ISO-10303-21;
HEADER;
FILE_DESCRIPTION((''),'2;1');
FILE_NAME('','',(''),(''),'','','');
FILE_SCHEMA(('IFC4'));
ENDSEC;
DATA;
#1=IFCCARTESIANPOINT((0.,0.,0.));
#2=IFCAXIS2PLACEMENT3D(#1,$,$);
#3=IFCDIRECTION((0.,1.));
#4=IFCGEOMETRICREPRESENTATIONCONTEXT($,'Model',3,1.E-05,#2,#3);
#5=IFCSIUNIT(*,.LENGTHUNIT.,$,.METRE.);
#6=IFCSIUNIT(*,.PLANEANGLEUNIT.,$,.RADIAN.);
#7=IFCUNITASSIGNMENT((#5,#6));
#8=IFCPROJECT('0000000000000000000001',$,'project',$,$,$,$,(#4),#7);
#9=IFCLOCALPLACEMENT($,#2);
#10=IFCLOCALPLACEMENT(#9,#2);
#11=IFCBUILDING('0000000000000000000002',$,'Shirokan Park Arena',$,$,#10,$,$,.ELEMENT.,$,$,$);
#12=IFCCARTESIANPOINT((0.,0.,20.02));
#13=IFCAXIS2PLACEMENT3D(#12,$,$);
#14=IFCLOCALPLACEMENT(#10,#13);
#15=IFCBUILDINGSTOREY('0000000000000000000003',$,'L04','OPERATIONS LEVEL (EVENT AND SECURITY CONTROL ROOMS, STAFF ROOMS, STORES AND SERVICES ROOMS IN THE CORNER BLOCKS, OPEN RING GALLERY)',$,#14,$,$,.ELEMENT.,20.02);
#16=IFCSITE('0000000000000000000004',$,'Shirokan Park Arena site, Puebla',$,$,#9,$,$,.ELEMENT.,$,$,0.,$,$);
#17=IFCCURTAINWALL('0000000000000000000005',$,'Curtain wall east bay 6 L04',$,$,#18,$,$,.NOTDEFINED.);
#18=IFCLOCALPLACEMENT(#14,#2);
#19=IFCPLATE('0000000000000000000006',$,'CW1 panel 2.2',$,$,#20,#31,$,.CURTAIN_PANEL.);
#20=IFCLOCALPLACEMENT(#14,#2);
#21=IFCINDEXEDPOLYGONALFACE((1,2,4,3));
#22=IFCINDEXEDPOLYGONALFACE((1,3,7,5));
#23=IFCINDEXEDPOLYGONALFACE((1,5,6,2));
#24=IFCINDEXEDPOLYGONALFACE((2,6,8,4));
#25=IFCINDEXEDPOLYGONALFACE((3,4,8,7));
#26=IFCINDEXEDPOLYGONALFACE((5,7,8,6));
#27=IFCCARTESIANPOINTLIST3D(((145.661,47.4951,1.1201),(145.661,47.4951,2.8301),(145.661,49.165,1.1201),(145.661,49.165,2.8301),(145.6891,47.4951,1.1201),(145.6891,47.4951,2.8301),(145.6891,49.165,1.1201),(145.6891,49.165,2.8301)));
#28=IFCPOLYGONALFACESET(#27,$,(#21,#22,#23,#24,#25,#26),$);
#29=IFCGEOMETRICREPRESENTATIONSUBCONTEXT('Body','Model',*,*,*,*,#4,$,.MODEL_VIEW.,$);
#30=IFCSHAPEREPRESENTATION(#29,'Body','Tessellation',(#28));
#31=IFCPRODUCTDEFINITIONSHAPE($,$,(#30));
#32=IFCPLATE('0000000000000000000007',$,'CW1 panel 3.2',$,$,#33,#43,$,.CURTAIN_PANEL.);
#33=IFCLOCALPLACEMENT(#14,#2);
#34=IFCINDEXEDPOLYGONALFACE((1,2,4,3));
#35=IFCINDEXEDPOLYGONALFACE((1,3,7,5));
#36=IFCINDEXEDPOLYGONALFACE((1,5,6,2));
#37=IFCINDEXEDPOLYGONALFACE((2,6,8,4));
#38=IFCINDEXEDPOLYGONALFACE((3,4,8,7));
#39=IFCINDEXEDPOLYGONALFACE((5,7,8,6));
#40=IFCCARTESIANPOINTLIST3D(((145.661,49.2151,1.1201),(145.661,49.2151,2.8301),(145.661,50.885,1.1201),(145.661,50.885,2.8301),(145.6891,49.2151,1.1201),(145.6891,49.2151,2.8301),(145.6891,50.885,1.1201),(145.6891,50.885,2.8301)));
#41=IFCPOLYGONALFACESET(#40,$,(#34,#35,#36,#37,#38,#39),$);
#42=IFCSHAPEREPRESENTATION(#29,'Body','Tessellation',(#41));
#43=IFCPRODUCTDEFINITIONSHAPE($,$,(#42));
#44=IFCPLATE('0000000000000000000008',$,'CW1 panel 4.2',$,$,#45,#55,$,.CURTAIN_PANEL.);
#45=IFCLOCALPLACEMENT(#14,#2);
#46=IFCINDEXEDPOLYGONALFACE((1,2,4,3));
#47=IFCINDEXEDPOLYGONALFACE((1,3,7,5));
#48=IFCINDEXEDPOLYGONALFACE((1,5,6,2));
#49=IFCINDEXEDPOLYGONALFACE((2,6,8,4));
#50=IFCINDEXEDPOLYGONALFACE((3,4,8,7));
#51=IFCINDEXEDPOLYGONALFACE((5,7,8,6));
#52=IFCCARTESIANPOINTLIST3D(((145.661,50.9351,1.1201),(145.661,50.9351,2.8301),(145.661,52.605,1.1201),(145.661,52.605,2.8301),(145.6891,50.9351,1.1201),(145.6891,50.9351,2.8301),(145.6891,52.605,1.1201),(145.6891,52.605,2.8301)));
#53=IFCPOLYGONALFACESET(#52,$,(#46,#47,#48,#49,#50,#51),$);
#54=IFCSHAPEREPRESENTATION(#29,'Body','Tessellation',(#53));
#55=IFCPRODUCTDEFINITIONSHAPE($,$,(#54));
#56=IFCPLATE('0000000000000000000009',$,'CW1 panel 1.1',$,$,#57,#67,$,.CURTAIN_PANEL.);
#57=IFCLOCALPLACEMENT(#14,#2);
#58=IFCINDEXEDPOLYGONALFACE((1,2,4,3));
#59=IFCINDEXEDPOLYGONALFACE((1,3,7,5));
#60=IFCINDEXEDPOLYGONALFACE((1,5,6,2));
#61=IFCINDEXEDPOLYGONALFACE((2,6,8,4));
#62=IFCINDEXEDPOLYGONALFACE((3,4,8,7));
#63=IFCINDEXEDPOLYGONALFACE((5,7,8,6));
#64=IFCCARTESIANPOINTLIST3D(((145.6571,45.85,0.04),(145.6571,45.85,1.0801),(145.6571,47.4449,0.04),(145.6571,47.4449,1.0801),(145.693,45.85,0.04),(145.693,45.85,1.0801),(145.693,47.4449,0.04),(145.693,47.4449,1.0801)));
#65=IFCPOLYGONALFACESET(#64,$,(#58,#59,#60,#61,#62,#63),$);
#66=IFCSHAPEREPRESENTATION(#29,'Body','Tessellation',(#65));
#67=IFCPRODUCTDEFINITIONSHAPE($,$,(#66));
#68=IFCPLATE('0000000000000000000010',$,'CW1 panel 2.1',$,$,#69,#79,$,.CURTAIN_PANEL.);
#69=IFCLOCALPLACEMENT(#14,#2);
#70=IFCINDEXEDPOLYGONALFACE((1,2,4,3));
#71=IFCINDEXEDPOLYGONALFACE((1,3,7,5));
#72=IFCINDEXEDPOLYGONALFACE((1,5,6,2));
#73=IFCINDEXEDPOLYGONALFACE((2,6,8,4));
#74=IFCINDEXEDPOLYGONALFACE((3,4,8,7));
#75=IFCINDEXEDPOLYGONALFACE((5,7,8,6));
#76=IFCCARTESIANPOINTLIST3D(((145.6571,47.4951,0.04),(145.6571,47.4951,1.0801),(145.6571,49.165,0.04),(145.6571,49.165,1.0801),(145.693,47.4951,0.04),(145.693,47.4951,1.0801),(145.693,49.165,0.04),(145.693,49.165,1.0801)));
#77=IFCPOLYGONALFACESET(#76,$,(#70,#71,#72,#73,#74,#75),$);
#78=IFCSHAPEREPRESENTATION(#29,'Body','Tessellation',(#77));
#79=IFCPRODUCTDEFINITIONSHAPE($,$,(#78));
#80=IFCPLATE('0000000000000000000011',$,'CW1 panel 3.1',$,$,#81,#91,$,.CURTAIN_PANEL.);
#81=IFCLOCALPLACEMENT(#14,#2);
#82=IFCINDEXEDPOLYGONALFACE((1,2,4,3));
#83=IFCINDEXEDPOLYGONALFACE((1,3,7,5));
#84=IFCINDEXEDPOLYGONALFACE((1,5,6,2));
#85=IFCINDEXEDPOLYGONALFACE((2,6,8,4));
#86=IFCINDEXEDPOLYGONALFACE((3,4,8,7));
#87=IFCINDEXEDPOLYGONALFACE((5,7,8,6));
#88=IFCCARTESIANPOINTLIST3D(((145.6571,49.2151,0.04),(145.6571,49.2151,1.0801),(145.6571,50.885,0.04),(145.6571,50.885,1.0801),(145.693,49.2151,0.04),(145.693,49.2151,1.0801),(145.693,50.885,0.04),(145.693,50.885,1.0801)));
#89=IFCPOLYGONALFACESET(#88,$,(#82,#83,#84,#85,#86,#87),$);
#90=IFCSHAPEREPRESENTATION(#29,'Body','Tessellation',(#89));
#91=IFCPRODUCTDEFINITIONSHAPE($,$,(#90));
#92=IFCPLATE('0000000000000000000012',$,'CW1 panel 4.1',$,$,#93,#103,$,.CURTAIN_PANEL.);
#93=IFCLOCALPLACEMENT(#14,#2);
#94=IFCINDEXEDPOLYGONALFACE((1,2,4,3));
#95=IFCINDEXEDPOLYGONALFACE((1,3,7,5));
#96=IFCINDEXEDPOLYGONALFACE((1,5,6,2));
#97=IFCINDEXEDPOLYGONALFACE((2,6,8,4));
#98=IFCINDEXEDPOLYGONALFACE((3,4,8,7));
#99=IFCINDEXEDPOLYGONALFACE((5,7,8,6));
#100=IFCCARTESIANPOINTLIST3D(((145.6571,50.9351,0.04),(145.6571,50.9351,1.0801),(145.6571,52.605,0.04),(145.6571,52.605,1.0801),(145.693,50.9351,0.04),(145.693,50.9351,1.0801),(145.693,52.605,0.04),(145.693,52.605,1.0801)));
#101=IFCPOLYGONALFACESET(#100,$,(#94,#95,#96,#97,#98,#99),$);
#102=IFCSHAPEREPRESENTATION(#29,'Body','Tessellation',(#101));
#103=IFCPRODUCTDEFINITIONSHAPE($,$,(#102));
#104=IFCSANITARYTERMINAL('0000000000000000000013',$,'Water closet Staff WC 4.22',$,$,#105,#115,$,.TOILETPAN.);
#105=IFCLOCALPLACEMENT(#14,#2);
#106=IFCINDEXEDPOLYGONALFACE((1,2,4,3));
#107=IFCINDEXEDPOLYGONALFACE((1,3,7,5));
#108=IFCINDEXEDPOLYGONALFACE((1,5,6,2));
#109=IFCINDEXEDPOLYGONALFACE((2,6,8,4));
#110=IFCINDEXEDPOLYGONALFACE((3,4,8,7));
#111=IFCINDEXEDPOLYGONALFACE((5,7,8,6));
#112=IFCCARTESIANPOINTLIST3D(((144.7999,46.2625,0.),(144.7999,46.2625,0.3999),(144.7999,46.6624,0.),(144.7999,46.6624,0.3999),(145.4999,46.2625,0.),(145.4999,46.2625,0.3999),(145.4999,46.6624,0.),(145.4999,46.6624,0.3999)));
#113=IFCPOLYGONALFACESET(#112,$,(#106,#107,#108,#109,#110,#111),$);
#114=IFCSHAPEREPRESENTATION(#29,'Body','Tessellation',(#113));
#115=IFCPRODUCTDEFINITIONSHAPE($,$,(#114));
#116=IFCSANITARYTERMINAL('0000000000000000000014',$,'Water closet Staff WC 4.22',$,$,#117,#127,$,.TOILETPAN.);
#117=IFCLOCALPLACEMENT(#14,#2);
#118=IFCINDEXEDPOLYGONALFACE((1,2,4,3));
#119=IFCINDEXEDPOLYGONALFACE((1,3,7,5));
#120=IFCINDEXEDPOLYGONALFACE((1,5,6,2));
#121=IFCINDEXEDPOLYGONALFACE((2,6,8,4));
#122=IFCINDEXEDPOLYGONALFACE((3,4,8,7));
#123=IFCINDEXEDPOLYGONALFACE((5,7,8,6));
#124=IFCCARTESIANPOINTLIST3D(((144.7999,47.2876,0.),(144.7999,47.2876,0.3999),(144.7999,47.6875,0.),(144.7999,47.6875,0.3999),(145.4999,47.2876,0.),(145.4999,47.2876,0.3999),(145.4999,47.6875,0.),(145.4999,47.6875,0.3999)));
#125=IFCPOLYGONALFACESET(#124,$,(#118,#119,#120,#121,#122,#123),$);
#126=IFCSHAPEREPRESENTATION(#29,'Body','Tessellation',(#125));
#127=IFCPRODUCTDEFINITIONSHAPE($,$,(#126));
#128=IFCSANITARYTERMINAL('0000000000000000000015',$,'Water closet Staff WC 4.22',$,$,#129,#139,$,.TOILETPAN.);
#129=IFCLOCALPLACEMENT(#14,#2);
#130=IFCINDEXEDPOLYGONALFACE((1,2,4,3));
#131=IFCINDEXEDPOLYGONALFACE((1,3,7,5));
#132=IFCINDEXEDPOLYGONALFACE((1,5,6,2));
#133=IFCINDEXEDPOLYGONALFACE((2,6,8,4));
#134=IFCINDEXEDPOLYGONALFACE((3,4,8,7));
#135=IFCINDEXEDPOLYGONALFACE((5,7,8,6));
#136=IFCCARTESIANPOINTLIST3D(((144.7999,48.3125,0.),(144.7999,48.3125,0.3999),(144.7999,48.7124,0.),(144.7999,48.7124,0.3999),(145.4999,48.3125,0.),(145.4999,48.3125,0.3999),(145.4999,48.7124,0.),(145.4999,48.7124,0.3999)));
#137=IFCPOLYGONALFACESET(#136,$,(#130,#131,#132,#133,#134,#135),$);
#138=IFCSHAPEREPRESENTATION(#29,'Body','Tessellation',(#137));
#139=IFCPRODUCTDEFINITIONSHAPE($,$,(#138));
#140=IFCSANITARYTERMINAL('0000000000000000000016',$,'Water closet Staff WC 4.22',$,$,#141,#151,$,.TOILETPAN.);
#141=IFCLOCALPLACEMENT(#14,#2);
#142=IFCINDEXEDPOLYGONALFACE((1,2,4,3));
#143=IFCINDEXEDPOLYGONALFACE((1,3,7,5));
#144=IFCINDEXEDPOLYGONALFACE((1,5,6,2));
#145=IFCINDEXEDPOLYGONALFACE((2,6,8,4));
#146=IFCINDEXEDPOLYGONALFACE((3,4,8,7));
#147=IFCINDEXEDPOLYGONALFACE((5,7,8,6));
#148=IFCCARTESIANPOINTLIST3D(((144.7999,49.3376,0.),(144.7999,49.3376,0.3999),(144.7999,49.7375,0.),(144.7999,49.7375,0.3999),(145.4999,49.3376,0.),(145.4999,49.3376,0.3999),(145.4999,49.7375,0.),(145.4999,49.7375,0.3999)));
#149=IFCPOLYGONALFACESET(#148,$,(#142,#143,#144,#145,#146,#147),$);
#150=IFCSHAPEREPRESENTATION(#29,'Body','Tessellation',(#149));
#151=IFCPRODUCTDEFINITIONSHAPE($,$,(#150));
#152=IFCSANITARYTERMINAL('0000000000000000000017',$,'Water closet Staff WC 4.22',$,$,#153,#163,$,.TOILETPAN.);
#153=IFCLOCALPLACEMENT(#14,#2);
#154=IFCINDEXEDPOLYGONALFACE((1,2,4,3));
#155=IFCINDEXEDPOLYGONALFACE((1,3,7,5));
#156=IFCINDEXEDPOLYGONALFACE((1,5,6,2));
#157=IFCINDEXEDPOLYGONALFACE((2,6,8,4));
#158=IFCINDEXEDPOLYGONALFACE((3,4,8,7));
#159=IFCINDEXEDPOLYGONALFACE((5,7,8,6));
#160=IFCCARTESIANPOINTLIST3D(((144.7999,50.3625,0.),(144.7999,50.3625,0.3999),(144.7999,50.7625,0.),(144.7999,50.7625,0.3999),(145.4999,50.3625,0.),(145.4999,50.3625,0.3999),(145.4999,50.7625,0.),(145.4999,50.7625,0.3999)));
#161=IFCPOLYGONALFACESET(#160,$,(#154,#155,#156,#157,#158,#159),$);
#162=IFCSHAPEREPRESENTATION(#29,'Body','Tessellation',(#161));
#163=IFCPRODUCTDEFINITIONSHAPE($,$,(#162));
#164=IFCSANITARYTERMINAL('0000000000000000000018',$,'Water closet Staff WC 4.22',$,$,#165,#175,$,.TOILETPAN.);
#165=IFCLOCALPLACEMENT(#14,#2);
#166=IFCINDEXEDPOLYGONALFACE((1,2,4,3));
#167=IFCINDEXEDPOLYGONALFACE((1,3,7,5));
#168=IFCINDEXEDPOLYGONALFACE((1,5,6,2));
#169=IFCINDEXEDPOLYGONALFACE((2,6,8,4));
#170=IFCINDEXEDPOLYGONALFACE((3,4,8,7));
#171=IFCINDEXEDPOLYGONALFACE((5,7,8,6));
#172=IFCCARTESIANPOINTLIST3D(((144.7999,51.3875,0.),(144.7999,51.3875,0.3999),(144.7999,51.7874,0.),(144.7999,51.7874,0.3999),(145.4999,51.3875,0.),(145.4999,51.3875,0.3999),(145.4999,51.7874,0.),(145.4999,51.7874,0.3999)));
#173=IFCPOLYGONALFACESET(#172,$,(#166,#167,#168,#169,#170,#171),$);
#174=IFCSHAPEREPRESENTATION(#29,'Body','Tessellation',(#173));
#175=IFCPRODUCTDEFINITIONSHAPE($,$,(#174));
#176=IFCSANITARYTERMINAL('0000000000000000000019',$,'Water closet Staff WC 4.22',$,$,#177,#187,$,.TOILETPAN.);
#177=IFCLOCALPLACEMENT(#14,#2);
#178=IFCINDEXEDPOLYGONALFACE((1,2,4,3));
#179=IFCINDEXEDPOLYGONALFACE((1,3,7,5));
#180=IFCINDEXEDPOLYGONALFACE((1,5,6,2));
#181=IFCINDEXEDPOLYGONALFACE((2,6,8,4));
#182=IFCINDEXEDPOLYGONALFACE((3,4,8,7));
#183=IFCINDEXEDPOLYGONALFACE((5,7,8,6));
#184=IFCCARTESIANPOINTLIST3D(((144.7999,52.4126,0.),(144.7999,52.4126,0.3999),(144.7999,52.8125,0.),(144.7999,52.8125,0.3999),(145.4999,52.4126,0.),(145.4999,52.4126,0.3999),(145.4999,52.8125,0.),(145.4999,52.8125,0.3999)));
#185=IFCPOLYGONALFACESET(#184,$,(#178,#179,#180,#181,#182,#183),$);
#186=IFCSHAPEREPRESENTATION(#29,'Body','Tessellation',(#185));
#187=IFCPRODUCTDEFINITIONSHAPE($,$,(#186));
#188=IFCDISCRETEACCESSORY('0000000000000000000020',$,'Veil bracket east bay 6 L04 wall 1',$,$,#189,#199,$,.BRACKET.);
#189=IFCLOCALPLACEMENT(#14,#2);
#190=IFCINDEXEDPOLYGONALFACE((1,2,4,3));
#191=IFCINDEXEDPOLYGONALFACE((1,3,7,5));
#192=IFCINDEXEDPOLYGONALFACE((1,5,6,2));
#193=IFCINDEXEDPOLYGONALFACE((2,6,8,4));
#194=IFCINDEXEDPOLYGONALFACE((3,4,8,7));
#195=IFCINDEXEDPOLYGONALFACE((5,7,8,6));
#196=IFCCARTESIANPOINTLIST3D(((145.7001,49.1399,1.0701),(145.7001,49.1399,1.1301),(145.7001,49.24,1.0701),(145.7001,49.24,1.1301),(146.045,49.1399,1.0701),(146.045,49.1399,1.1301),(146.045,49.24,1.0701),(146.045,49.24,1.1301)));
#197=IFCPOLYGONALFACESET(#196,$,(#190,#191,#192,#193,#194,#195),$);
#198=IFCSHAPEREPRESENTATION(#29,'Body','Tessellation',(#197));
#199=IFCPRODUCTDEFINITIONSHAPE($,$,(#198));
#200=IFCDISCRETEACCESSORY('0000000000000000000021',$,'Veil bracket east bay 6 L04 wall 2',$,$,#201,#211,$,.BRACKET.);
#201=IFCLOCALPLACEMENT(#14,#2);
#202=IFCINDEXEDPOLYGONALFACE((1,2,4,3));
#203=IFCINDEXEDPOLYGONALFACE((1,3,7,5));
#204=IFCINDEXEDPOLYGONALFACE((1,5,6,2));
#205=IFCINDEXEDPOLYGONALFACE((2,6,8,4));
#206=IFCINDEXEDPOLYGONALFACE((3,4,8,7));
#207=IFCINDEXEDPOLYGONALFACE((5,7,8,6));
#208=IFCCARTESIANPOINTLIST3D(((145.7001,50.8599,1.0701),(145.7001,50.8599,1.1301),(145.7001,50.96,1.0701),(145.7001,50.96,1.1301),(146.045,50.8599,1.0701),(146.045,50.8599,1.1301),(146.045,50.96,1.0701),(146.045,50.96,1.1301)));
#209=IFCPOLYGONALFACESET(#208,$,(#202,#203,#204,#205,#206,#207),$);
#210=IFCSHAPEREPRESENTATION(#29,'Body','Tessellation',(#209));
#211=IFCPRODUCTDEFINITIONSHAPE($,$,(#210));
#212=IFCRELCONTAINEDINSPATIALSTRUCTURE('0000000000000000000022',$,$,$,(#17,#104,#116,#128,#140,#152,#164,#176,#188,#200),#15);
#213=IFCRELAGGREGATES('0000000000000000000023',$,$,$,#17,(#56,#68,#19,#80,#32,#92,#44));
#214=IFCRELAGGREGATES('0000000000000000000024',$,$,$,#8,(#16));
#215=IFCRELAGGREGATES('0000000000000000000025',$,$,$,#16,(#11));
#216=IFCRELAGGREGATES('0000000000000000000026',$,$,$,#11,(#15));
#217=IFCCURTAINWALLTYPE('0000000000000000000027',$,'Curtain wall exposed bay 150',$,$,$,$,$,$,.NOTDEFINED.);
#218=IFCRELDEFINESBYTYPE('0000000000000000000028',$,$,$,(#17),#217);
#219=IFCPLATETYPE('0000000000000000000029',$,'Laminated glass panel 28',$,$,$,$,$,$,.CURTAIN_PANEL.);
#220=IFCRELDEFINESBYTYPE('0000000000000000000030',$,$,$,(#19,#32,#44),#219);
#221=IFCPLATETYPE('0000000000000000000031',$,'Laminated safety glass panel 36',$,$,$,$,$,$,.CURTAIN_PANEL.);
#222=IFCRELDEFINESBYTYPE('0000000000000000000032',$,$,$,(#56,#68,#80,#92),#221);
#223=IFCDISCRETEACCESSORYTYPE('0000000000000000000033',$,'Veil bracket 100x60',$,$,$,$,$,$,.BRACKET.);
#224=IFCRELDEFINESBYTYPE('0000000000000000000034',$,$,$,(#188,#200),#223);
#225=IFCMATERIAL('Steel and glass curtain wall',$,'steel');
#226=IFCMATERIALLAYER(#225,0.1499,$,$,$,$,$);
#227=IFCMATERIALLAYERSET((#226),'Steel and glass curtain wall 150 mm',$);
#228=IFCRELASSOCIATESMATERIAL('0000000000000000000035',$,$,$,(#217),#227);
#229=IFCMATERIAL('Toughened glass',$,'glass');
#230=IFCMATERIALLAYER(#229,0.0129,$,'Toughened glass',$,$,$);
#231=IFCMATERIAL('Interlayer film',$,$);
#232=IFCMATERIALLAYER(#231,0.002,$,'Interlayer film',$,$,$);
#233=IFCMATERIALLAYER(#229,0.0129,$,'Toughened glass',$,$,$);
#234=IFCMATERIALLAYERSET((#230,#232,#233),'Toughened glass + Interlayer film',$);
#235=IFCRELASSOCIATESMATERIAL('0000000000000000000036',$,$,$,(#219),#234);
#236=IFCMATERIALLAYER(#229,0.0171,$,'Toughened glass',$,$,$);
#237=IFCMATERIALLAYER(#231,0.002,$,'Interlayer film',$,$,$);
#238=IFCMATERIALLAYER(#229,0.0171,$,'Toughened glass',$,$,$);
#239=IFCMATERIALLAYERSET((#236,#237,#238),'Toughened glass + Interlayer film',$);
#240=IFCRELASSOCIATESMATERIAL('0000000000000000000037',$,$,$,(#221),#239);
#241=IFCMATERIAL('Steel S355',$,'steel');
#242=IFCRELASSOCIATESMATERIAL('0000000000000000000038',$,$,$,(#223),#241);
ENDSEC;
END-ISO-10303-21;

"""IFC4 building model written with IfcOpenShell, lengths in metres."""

from ifc_helpers import new_model, si_unit, direction, frame, origin, origin_2d, place, context, subcontext, project, spatial, rectangle, extrude, material, layer, layer_set, type_object, element, aggregate, save


model = new_model("IFC4")

# Units and contexts
model_context = context("Model", 3, precision=1e-05, world=origin(), true_north=direction((0.0, 1.0)))
body_context = subcontext(model_context, "Body", "Model", "MODEL_VIEW")
ifc_project = project(units=[si_unit("LENGTHUNIT", "METRE"), si_unit("PLANEANGLEUNIT", "RADIAN")], contexts=[model_context])

# Site, building, storey
site_placement = place(None, origin())
site = spatial("IfcSite", under=ifc_project, at=site_placement, Name="Shirokan Park Arena site, Puebla", CompositionType="ELEMENT", RefElevation=0.0)
building_placement = place(site_placement, origin())
building = spatial("IfcBuilding", under=site, at=building_placement, Name="Shirokan Park Arena", CompositionType="ELEMENT")
storey_placement = place(building_placement, frame((0.0, 0.0, 20.02)))
storey = spatial("IfcBuildingStorey", under=building, at=storey_placement, Name="L04", Description="OPERATIONS LEVEL (EVENT AND SECURITY CONTROL ROOMS, STAFF ROOMS, STORES AND SERVICES ROOMS IN THE CORNER BLOCKS, OPEN RING GALLERY)", CompositionType="ELEMENT", Elevation=20.02)

# Curtain wall, plates
ifc_material_1 = material(Name="Steel and glass curtain wall", Category="steel")
ifc_layer_1 = layer(ifc_material_1, 0.1499)
ifc_layer_set_1 = layer_set([ifc_layer_1], Name="Steel and glass curtain wall 150 mm")
curtain_wall_type = type_object("IfcCurtainWallType", Name="Curtain wall exposed bay 150", PredefinedType="NOTDEFINED", material=ifc_layer_set_1)
curtain_wall_placement = place(storey_placement, origin())
curtain_wall = element("IfcCurtainWall", 1, at=curtain_wall_placement, inside=storey, type_object=curtain_wall_type, Name="Curtain wall east bay 6 L04", PredefinedType="NOTDEFINED")
ifc_material_2 = material(Name="Steel S355", Category="steel")
ifc_material_3 = material(Name="Toughened glass", Category="glass")
ifc_layer_2 = layer(ifc_material_3, 0.0129, Name="Toughened glass")
ifc_material_4 = material(Name="Interlayer film")
ifc_layer_3 = layer(ifc_material_4, 0.002, Name="Interlayer film")
ifc_layer_4 = layer(ifc_material_3, 0.0129, Name="Toughened glass")
ifc_layer_set_2 = layer_set([ifc_layer_2, ifc_layer_3, ifc_layer_4], Name="Toughened glass + Interlayer film")
plate_type_1 = type_object("IfcPlateType", Name="Laminated glass panel 28", PredefinedType="CURTAIN_PANEL", material=ifc_layer_set_2)
plate_1_placement = place(storey_placement, frame((145.675, 48.3301, 1.1201), z_axis=(0.0, 0.0, 1.0), x_axis=(0.0, 1.0, 0.0)))
plate_1 = element("IfcPlate", 2, at=plate_1_placement, type_object=plate_type_1, Name="CW1 panel 2.2", PredefinedType="CURTAIN_PANEL", context=body_context, shape_type="SweptSolid", body=[
    extrude(rectangle(XDim=1.6699, YDim=0.0281, at=origin_2d()), origin(), (0.0, 0.0, 1.0), 1.71),
])
plate_2_placement = place(storey_placement, frame((145.675, 50.05, 1.1201), z_axis=(0.0, 0.0, 1.0), x_axis=(0.0, 1.0, 0.0)))
plate_2 = element("IfcPlate", 3, at=plate_2_placement, type_object=plate_type_1, Name="CW1 panel 3.2", PredefinedType="CURTAIN_PANEL", context=body_context, shape_type="SweptSolid", body=[
    extrude(rectangle(XDim=1.6699, YDim=0.0281, at=origin_2d()), origin(), (0.0, 0.0, 1.0), 1.71),
])
plate_3_placement = place(storey_placement, frame((145.675, 51.77, 1.1201), z_axis=(0.0, 0.0, 1.0), x_axis=(0.0, 1.0, 0.0)))
plate_3 = element("IfcPlate", 4, at=plate_3_placement, type_object=plate_type_1, Name="CW1 panel 4.2", PredefinedType="CURTAIN_PANEL", context=body_context, shape_type="SweptSolid", body=[
    extrude(rectangle(XDim=1.6699, YDim=0.0281, at=origin_2d()), origin(), (0.0, 0.0, 1.0), 1.71),
])
ifc_layer_5 = layer(ifc_material_3, 0.0171, Name="Toughened glass")
ifc_layer_6 = layer(ifc_material_4, 0.002, Name="Interlayer film")
ifc_layer_7 = layer(ifc_material_3, 0.0171, Name="Toughened glass")
ifc_layer_set_3 = layer_set([ifc_layer_5, ifc_layer_6, ifc_layer_7], Name="Toughened glass + Interlayer film")
plate_type_2 = type_object("IfcPlateType", Name="Laminated safety glass panel 36", PredefinedType="CURTAIN_PANEL", material=ifc_layer_set_3)
plate_4_placement = place(storey_placement, frame((145.675, 46.6475, 0.04), z_axis=(0.0, 0.0, 1.0), x_axis=(0.0, 1.0, 0.0)))
plate_4 = element("IfcPlate", 5, at=plate_4_placement, type_object=plate_type_2, Name="CW1 panel 1.1", PredefinedType="CURTAIN_PANEL", context=body_context, shape_type="SweptSolid", body=[
    extrude(rectangle(XDim=1.595, YDim=0.0359, at=origin_2d()), origin(), (0.0, 0.0, 1.0), 1.04),
])
plate_5_placement = place(storey_placement, frame((145.675, 48.3301, 0.04), z_axis=(0.0, 0.0, 1.0), x_axis=(0.0, 1.0, 0.0)))
plate_5 = element("IfcPlate", 6, at=plate_5_placement, type_object=plate_type_2, Name="CW1 panel 2.1", PredefinedType="CURTAIN_PANEL", context=body_context, shape_type="SweptSolid", body=[
    extrude(rectangle(XDim=1.6699, YDim=0.0359, at=origin_2d()), origin(), (0.0, 0.0, 1.0), 1.04),
])
plate_6_placement = place(storey_placement, frame((145.675, 50.05, 0.04), z_axis=(0.0, 0.0, 1.0), x_axis=(0.0, 1.0, 0.0)))
plate_6 = element("IfcPlate", 7, at=plate_6_placement, type_object=plate_type_2, Name="CW1 panel 3.1", PredefinedType="CURTAIN_PANEL", context=body_context, shape_type="SweptSolid", body=[
    extrude(rectangle(XDim=1.6699, YDim=0.0359, at=origin_2d()), origin(), (0.0, 0.0, 1.0), 1.04),
])
plate_7_placement = place(storey_placement, frame((145.675, 51.77, 0.04), z_axis=(0.0, 0.0, 1.0), x_axis=(0.0, 1.0, 0.0)))
plate_7 = element("IfcPlate", 8, at=plate_7_placement, type_object=plate_type_2, Name="CW1 panel 4.1", PredefinedType="CURTAIN_PANEL", context=body_context, shape_type="SweptSolid", body=[
    extrude(rectangle(XDim=1.6699, YDim=0.0359, at=origin_2d()), origin(), (0.0, 0.0, 1.0), 1.04),
])
aggregate(curtain_wall, [plate_4, plate_5, plate_1, plate_6, plate_2, plate_7, plate_3])

# Sanitary terminals
for number, where, z_axis, x_axis, name in (
    (9, (145.1499, 46.4624, 0.0), (0.0, 0.0, 1.0), (1.0, 0.0, 0.0), "Water closet Staff WC 4.22"),
    (10, (145.1499, 47.4875, 0.0), (0.0, 0.0, 1.0), (1.0, 0.0, 0.0), "Water closet Staff WC 4.22"),
    (11, (145.1499, 48.5125, 0.0), (0.0, 0.0, 1.0), (1.0, 0.0, 0.0), "Water closet Staff WC 4.22"),
    (12, (145.1499, 49.5376, 0.0), (0.0, 0.0, 1.0), (1.0, 0.0, 0.0), "Water closet Staff WC 4.22"),
    (13, (145.1499, 50.5625, 0.0), (0.0, 0.0, 1.0), (1.0, 0.0, 0.0), "Water closet Staff WC 4.22"),
    (14, (145.1499, 51.5874, 0.0), (0.0, 0.0, 1.0), (1.0, 0.0, 0.0), "Water closet Staff WC 4.22"),
    (15, (145.1499, 52.6125, 0.0), (0.0, 0.0, 1.0), (1.0, 0.0, 0.0), "Water closet Staff WC 4.22"),
):
    element("IfcSanitaryTerminal", number, at=place(storey_placement, frame(where, z_axis=z_axis, x_axis=x_axis)), inside=storey, Name=name, PredefinedType="TOILETPAN", context=body_context, shape_type="SweptSolid", body=[
        extrude(rectangle(XDim=0.7, YDim=0.3999, at=origin_2d()), origin(), (0.0, 0.0, 1.0), 0.3999),
    ])

# Discrete accessories
discrete_accessory_type = type_object("IfcDiscreteAccessoryType", Name="Veil bracket 100x60", PredefinedType="BRACKET", material=ifc_material_2)
for number, where, z_axis, x_axis, name in (
    (16, (145.8726, 49.1899, 1.0701), (0.0, 0.0, 1.0), (0.0, 1.0, 0.0), "Veil bracket east bay 6 L04 wall 1"),
    (17, (145.8726, 50.9099, 1.0701), (0.0, 0.0, 1.0), (0.0, 1.0, 0.0), "Veil bracket east bay 6 L04 wall 2"),
):
    element("IfcDiscreteAccessory", number, at=place(storey_placement, frame(where, z_axis=z_axis, x_axis=x_axis)), inside=storey, type_object=discrete_accessory_type, Name=name, PredefinedType="BRACKET", context=body_context, shape_type="SweptSolid", body=[
        extrude(rectangle(XDim=0.1001, YDim=0.345, at=origin_2d()), origin(), (0.0, 0.0, 1.0), 0.0601),
    ])

save(model, "model.ifc")
